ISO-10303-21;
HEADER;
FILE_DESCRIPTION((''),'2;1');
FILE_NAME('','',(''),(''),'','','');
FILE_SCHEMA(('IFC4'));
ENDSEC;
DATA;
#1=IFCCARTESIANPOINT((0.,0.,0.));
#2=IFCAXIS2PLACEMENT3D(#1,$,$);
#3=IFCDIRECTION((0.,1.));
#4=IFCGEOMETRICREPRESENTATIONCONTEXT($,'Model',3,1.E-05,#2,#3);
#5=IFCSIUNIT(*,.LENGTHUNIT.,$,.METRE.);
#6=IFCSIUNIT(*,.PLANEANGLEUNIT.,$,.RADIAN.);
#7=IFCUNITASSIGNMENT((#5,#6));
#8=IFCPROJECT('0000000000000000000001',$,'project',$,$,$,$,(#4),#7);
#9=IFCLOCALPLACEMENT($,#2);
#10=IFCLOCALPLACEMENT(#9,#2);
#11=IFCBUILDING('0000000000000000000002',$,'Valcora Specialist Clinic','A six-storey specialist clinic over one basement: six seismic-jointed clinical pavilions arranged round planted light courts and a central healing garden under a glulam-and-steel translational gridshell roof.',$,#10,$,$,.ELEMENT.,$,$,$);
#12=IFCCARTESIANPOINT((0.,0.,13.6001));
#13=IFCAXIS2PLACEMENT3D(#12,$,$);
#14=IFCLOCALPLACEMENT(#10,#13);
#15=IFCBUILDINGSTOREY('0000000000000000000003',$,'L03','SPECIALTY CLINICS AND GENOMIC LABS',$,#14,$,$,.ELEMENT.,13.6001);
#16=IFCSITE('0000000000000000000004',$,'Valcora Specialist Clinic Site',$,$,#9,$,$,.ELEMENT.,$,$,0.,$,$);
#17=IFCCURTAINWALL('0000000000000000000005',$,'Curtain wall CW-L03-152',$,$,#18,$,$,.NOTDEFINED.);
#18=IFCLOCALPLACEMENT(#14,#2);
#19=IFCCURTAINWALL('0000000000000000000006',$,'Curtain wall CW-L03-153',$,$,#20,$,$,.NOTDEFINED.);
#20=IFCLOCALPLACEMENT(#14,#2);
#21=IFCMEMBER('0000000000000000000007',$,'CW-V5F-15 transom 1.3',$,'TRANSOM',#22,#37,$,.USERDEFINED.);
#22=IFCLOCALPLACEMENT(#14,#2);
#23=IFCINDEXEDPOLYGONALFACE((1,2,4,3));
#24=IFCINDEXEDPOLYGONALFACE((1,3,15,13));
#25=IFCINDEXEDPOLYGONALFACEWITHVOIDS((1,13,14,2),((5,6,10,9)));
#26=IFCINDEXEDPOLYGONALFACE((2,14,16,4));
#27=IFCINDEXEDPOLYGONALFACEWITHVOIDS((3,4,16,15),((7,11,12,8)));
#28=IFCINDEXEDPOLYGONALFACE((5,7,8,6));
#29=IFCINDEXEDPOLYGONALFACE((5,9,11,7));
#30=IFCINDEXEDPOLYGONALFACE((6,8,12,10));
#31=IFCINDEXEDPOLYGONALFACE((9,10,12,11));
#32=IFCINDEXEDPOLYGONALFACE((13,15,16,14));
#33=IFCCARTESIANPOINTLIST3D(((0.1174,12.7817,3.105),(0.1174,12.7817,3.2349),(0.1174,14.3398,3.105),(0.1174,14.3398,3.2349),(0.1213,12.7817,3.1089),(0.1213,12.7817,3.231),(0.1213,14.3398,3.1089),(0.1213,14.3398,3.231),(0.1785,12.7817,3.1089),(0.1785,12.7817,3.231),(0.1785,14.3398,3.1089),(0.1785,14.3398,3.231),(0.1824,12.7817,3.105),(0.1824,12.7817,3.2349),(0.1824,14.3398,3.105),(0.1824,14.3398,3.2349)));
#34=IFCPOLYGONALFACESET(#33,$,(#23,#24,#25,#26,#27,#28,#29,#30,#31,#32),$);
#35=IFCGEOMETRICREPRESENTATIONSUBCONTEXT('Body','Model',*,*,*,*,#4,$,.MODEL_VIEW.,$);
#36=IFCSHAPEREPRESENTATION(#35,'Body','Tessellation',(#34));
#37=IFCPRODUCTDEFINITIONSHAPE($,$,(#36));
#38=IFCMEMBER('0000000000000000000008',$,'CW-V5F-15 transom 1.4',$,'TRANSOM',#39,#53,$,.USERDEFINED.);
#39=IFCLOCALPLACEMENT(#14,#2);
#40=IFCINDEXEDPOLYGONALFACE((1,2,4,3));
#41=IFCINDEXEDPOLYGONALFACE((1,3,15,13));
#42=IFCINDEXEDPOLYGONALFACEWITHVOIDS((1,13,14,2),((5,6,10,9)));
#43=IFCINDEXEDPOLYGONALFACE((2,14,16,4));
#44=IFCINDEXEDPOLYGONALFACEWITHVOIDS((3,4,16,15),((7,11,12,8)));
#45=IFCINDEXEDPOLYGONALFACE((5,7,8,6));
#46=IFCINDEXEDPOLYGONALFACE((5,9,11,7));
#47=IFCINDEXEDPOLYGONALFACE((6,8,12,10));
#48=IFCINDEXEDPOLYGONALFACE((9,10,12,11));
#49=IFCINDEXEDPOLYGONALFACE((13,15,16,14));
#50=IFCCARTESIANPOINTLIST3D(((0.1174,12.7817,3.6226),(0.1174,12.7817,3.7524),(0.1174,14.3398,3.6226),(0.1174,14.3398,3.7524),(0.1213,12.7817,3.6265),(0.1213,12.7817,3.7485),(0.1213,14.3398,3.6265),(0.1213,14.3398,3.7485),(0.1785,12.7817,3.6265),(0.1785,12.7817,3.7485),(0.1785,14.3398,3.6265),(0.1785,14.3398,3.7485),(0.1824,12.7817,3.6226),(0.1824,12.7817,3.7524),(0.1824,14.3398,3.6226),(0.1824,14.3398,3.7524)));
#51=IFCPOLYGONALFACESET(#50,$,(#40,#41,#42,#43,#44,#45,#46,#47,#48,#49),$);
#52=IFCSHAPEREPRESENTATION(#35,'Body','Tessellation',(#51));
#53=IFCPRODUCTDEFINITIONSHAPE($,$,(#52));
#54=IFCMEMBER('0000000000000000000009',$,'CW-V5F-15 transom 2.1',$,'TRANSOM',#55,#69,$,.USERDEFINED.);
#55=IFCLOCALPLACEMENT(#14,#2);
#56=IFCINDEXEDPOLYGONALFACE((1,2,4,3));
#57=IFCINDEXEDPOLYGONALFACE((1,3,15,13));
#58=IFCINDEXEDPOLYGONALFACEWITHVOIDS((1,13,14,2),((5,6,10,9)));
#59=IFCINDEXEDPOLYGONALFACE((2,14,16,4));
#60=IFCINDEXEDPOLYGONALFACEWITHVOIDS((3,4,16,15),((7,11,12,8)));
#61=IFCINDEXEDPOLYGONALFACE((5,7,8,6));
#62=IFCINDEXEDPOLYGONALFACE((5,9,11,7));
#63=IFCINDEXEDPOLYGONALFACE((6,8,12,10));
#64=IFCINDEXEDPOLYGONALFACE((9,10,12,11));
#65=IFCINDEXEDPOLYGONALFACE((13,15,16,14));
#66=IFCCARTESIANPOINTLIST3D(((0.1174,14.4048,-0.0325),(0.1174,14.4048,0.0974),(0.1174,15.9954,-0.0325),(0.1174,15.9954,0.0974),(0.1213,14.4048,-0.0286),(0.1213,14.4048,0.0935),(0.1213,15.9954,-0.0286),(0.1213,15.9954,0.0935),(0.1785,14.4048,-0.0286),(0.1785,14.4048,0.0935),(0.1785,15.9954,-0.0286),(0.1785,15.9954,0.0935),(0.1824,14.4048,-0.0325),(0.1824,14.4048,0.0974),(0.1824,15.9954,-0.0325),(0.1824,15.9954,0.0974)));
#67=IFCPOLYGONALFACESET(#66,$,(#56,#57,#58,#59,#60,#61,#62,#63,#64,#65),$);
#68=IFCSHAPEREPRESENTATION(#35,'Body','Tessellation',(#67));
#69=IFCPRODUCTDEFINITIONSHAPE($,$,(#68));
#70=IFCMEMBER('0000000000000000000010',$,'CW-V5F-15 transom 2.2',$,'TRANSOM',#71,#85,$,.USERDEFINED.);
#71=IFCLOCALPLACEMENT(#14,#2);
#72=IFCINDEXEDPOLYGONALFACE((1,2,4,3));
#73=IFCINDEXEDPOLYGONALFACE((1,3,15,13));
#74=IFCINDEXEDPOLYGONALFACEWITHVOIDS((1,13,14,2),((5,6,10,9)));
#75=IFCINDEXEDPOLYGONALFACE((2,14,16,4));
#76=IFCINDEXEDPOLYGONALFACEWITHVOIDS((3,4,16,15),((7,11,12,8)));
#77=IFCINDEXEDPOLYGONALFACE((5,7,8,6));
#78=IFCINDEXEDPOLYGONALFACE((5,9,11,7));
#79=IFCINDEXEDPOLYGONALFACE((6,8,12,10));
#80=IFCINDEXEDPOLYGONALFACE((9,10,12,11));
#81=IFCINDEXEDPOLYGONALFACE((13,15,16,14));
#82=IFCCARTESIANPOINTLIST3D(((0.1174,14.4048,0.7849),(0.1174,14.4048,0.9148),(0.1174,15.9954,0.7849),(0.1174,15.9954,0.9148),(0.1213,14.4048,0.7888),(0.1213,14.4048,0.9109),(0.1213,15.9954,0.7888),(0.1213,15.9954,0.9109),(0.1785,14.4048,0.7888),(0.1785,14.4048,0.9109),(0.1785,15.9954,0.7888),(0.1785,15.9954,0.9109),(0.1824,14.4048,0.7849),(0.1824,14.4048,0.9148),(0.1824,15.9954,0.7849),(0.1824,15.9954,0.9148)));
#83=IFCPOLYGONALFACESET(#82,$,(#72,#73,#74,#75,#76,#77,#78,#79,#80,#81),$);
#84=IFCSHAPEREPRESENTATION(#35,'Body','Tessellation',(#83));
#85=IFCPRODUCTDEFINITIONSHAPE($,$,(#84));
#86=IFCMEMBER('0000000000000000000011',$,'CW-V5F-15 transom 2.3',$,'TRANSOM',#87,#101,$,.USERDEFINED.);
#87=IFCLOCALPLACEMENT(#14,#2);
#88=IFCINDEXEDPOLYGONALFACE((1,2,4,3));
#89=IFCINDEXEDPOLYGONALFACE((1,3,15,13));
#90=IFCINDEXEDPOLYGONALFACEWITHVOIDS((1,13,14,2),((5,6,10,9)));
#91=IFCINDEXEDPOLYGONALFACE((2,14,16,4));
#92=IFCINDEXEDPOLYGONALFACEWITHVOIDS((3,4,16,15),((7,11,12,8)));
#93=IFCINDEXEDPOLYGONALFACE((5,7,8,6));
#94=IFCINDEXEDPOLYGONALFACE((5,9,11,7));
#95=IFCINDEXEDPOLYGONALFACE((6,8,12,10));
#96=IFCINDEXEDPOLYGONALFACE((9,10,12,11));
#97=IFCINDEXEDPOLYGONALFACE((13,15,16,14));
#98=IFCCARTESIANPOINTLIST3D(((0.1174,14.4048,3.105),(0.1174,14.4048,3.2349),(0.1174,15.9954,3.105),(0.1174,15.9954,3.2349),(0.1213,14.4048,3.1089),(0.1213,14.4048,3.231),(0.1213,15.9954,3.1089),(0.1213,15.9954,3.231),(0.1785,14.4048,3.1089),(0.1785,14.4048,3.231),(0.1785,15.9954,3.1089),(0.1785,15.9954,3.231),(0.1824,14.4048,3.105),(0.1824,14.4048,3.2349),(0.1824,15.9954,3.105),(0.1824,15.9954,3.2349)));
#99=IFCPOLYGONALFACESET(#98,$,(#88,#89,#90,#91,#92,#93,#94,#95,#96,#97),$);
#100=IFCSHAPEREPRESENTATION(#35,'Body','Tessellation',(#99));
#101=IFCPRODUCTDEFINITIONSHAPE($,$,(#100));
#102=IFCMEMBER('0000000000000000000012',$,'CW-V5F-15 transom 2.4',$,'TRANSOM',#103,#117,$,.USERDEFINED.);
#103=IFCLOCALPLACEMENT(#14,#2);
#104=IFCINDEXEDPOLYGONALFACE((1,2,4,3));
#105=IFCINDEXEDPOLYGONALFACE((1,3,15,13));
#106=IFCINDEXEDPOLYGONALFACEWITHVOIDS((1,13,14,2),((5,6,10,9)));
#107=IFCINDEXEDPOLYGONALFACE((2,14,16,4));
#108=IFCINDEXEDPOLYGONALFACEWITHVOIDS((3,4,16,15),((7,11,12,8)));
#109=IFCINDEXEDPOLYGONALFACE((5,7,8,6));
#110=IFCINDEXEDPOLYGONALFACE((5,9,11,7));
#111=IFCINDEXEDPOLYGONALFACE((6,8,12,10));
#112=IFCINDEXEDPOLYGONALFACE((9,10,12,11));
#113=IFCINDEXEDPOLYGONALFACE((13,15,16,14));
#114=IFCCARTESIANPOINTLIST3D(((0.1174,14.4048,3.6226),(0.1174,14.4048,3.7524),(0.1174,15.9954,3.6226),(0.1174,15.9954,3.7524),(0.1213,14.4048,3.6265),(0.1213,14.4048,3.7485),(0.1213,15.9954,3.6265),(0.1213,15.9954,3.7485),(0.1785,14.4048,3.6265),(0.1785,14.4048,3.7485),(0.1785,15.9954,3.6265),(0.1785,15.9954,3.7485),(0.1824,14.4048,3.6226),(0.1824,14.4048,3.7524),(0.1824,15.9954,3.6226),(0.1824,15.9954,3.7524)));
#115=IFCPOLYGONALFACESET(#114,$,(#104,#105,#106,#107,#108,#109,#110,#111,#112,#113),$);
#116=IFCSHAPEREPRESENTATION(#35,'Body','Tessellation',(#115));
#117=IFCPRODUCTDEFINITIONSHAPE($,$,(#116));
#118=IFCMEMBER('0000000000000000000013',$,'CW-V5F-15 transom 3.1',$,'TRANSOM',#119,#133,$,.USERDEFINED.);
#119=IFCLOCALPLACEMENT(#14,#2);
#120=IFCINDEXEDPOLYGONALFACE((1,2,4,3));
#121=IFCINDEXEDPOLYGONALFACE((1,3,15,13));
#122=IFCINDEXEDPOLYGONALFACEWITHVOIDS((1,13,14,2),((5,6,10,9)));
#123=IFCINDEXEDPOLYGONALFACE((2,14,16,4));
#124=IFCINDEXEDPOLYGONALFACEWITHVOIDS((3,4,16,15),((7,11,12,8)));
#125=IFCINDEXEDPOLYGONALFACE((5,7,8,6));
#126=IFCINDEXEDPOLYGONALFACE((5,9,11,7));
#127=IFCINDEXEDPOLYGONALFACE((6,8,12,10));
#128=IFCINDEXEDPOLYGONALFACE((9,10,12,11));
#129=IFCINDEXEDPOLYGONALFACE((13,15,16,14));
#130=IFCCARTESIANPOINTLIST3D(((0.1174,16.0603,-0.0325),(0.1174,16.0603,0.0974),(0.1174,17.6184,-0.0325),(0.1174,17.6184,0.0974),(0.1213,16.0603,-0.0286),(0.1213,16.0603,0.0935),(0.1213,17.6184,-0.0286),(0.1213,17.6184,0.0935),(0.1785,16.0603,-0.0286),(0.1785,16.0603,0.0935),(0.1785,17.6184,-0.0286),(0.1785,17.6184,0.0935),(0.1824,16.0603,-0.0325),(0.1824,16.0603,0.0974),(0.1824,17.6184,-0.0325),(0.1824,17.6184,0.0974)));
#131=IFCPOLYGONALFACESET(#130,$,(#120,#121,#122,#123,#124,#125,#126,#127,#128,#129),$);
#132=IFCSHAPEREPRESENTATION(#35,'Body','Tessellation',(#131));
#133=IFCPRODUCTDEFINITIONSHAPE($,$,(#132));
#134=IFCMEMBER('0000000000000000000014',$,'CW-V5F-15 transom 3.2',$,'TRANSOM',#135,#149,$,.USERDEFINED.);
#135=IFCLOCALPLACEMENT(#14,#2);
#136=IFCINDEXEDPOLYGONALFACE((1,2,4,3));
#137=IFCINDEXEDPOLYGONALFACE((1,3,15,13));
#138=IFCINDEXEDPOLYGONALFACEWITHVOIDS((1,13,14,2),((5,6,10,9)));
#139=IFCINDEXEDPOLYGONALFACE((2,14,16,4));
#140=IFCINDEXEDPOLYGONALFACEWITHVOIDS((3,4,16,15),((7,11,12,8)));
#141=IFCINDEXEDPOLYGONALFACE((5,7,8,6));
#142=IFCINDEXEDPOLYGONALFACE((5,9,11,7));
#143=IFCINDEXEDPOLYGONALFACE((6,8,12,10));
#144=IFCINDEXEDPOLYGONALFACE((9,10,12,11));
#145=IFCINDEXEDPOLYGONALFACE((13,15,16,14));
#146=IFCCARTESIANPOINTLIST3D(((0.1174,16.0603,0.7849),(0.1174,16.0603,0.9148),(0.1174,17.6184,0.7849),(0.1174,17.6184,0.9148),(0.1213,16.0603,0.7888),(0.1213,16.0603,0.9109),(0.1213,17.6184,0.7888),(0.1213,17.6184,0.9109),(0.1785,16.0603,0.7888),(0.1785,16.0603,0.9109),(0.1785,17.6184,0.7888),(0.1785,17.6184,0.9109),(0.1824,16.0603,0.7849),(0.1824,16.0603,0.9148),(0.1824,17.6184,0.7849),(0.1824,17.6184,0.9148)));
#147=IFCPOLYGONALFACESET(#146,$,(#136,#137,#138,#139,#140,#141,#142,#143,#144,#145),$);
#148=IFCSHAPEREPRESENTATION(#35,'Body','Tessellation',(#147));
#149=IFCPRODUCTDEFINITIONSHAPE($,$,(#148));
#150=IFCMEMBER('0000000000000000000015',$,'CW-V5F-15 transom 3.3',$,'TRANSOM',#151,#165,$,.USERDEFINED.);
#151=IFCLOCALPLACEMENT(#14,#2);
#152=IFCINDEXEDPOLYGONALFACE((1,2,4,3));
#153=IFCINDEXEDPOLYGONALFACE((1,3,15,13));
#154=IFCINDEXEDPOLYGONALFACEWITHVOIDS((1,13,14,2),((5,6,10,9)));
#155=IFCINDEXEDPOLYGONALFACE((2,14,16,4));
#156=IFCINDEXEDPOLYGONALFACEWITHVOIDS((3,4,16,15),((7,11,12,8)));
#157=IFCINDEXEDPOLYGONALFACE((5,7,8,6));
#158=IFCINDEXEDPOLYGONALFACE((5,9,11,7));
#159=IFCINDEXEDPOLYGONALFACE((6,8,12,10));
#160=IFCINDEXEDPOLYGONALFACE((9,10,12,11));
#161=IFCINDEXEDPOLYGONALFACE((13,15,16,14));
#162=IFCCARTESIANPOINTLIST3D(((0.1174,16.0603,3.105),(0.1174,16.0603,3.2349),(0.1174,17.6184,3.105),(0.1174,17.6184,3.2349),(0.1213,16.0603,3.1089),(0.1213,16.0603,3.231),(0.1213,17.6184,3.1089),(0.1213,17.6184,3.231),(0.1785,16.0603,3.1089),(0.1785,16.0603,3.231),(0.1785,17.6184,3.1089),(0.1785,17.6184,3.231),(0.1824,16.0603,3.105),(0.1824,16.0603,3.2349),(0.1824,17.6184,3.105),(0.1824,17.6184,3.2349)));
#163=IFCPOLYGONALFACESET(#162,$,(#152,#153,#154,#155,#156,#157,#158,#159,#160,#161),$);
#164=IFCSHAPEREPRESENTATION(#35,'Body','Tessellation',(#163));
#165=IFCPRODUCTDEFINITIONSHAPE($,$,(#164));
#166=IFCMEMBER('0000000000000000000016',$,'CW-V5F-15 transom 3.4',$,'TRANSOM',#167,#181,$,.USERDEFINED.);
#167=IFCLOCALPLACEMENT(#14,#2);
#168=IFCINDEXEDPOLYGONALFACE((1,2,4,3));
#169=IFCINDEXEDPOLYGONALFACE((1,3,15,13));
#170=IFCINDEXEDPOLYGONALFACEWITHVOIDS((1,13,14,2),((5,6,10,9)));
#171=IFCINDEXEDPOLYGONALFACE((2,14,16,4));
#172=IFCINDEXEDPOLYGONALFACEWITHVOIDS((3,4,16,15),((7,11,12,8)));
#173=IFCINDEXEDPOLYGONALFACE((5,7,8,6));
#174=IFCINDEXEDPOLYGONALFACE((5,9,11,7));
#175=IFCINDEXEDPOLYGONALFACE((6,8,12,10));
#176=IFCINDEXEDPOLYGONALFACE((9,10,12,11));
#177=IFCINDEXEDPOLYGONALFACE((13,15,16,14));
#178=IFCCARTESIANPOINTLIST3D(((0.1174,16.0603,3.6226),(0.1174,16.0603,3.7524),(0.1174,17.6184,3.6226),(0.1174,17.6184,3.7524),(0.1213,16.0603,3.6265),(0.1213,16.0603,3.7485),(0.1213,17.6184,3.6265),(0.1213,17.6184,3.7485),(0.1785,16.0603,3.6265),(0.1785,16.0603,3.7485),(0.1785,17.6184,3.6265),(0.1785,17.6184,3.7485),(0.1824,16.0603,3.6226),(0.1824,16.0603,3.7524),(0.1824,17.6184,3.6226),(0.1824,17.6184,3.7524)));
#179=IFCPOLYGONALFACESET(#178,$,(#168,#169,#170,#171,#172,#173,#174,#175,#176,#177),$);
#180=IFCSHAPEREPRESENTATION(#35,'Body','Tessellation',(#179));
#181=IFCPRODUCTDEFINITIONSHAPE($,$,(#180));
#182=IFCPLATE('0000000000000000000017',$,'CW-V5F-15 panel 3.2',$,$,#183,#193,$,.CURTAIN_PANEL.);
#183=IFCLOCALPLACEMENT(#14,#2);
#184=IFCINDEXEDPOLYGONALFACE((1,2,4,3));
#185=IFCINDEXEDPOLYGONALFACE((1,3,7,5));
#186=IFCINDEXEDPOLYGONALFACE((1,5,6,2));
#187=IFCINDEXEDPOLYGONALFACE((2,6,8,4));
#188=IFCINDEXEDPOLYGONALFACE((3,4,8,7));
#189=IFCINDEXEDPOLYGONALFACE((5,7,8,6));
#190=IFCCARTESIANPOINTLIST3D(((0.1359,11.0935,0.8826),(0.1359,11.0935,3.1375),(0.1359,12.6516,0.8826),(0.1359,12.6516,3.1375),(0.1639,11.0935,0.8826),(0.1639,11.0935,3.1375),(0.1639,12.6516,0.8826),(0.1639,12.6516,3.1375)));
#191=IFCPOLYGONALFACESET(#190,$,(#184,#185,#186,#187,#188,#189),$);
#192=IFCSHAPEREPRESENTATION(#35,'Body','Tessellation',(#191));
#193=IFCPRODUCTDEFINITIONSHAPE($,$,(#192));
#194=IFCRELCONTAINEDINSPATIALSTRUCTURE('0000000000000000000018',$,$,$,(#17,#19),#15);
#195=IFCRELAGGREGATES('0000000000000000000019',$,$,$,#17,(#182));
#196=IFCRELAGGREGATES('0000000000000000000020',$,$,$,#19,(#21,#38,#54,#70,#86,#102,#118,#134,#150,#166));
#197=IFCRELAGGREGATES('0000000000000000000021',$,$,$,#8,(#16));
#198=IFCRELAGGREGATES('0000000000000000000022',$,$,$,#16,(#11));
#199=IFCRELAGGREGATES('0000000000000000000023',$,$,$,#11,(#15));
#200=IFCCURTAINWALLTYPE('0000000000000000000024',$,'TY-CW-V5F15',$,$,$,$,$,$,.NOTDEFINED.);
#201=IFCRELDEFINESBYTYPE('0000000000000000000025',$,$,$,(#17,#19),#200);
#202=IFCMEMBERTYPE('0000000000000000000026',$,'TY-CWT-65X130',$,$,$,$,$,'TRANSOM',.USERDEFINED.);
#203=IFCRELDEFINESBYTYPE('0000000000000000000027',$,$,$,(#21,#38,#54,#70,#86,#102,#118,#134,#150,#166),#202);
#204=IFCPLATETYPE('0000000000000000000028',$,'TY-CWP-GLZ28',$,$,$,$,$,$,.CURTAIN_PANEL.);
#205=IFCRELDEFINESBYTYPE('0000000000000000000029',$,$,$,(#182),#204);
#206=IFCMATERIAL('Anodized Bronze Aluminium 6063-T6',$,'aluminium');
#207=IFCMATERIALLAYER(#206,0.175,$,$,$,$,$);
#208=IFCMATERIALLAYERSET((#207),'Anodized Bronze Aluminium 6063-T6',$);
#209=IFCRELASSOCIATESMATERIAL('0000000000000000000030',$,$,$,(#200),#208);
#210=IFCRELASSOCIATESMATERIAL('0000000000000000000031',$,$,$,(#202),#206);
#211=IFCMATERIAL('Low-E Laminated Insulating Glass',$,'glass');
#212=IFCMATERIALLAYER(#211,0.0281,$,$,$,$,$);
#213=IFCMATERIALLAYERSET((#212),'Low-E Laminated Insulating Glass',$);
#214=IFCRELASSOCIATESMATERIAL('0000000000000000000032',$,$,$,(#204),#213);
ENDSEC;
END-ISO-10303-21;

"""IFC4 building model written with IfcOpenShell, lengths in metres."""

from ifc_helpers import new_model, si_unit, direction, frame, origin, origin_2d, place, context, subcontext, project, spatial, rectangle, hollow_rectangle, extrude, material, layer, layer_set, material_profile, profile_set, type_object, element, aggregate, save


model = new_model("IFC4")

# Units and contexts
model_context = context("Model", 3, precision=1e-05, world=origin(), true_north=direction((0.0, 1.0)))
body_context = subcontext(model_context, "Body", "Model", "MODEL_VIEW")
ifc_project = project(units=[si_unit("LENGTHUNIT", "METRE"), si_unit("PLANEANGLEUNIT", "RADIAN")], contexts=[model_context])

# Site, building, storey
site_placement = place(None, origin())
site = spatial("IfcSite", under=ifc_project, at=site_placement, Name="Valcora Specialist Clinic Site", CompositionType="ELEMENT", RefElevation=0.0)
building_placement = place(site_placement, origin())
building = spatial("IfcBuilding", under=site, at=building_placement, Name="Valcora Specialist Clinic", Description="A six-storey specialist clinic over one basement: six seismic-jointed clinical pavilions arranged round planted light courts and a central healing garden under a glulam-and-steel translational gridshell roof.", CompositionType="ELEMENT")
storey_placement = place(building_placement, frame((0.0, 0.0, 13.6001)))
storey = spatial("IfcBuildingStorey", under=building, at=storey_placement, Name="L03", Description="SPECIALTY CLINICS AND GENOMIC LABS", CompositionType="ELEMENT", Elevation=13.6001)

# Curtain walls
ifc_material_1 = material(Name="Anodized Bronze Aluminium 6063-T6", Category="aluminium")
ifc_layer_1 = layer(ifc_material_1, 0.175)
ifc_layer_set_1 = layer_set([ifc_layer_1], Name="Anodized Bronze Aluminium 6063-T6")
curtain_wall_type = type_object("IfcCurtainWallType", Name="TY-CW-V5F15", PredefinedType="NOTDEFINED", material=ifc_layer_set_1)
curtain_wall_1_placement = place(storey_placement, origin())
curtain_wall_1 = element("IfcCurtainWall", 1, at=curtain_wall_1_placement, inside=storey, type_object=curtain_wall_type, Name="Curtain wall CW-L03-152", PredefinedType="NOTDEFINED")
curtain_wall_2_placement = place(storey_placement, origin())
curtain_wall_2 = element("IfcCurtainWall", 2, at=curtain_wall_2_placement, inside=storey, type_object=curtain_wall_type, Name="Curtain wall CW-L03-153", PredefinedType="NOTDEFINED")

# Members
ifc_material_profile_1 = material_profile(ifc_material_1, hollow_rectangle(XDim=0.0649, YDim=0.1299, WallThickness=0.0039, at=origin_2d()), Name="AL-TRN-65X130")
ifc_profile_set_1 = profile_set([ifc_material_profile_1], Name="Anodized Bronze Aluminium 6063-T6")
member_type_1 = type_object("IfcMemberType", Name="TY-CWT-65X130", ElementType="TRANSOM", PredefinedType="USERDEFINED", material=ifc_profile_set_1)
member_1_placement = place(storey_placement, frame((0.1499, 12.7817, 3.1699), z_axis=(0.0, 1.0, 0.0), x_axis=(-1.0, 0.0, 0.0)))
member_1 = element("IfcMember", 3, at=member_1_placement, type_object=member_type_1, Name="CW-V5F-15 transom 1.3", ObjectType="TRANSOM", PredefinedType="USERDEFINED", context=body_context, shape_type="SweptSolid", body=[
    extrude(hollow_rectangle(XDim=0.0649, YDim=0.1299, WallThickness=0.0039, at=origin_2d()), origin(), (0.0, 0.0, 1.0), 1.5581),
])
member_2_placement = place(storey_placement, frame((0.1499, 12.7817, 3.6875), z_axis=(0.0, 1.0, 0.0), x_axis=(-1.0, 0.0, 0.0)))
member_2 = element("IfcMember", 4, at=member_2_placement, type_object=member_type_1, Name="CW-V5F-15 transom 1.4", ObjectType="TRANSOM", PredefinedType="USERDEFINED", context=body_context, shape_type="SweptSolid", body=[
    extrude(hollow_rectangle(XDim=0.0649, YDim=0.1299, WallThickness=0.0039, at=origin_2d()), origin(), (0.0, 0.0, 1.0), 1.5581),
])
member_3_placement = place(storey_placement, frame((0.1499, 14.4048, 0.0325), z_axis=(0.0, 1.0, 0.0), x_axis=(-1.0, 0.0, 0.0)))
member_3 = element("IfcMember", 5, at=member_3_placement, type_object=member_type_1, Name="CW-V5F-15 transom 2.1", ObjectType="TRANSOM", PredefinedType="USERDEFINED", context=body_context, shape_type="SweptSolid", body=[
    extrude(hollow_rectangle(XDim=0.0649, YDim=0.1299, WallThickness=0.0039, at=origin_2d()), origin(), (0.0, 0.0, 1.0), 1.5906),
])
member_4_placement = place(storey_placement, frame((0.1499, 14.4048, 0.8499), z_axis=(0.0, 1.0, 0.0), x_axis=(-1.0, 0.0, 0.0)))
member_4 = element("IfcMember", 6, at=member_4_placement, type_object=member_type_1, Name="CW-V5F-15 transom 2.2", ObjectType="TRANSOM", PredefinedType="USERDEFINED", context=body_context, shape_type="SweptSolid", body=[
    extrude(hollow_rectangle(XDim=0.0649, YDim=0.1299, WallThickness=0.0039, at=origin_2d()), origin(), (0.0, 0.0, 1.0), 1.5906),
])
member_5_placement = place(storey_placement, frame((0.1499, 14.4048, 3.1699), z_axis=(0.0, 1.0, 0.0), x_axis=(-1.0, 0.0, 0.0)))
member_5 = element("IfcMember", 7, at=member_5_placement, type_object=member_type_1, Name="CW-V5F-15 transom 2.3", ObjectType="TRANSOM", PredefinedType="USERDEFINED", context=body_context, shape_type="SweptSolid", body=[
    extrude(hollow_rectangle(XDim=0.0649, YDim=0.1299, WallThickness=0.0039, at=origin_2d()), origin(), (0.0, 0.0, 1.0), 1.5906),
])
member_6_placement = place(storey_placement, frame((0.1499, 14.4048, 3.6875), z_axis=(0.0, 1.0, 0.0), x_axis=(-1.0, 0.0, 0.0)))
member_6 = element("IfcMember", 8, at=member_6_placement, type_object=member_type_1, Name="CW-V5F-15 transom 2.4", ObjectType="TRANSOM", PredefinedType="USERDEFINED", context=body_context, shape_type="SweptSolid", body=[
    extrude(hollow_rectangle(XDim=0.0649, YDim=0.1299, WallThickness=0.0039, at=origin_2d()), origin(), (0.0, 0.0, 1.0), 1.5906),
])
member_7_placement = place(storey_placement, frame((0.1499, 16.0603, 0.0325), z_axis=(0.0, 1.0, 0.0), x_axis=(-1.0, 0.0, 0.0)))
member_7 = element("IfcMember", 9, at=member_7_placement, type_object=member_type_1, Name="CW-V5F-15 transom 3.1", ObjectType="TRANSOM", PredefinedType="USERDEFINED", context=body_context, shape_type="SweptSolid", body=[
    extrude(hollow_rectangle(XDim=0.0649, YDim=0.1299, WallThickness=0.0039, at=origin_2d()), origin(), (0.0, 0.0, 1.0), 1.5581),
])
member_8_placement = place(storey_placement, frame((0.1499, 16.0603, 0.8499), z_axis=(0.0, 1.0, 0.0), x_axis=(-1.0, 0.0, 0.0)))
member_8 = element("IfcMember", 10, at=member_8_placement, type_object=member_type_1, Name="CW-V5F-15 transom 3.2", ObjectType="TRANSOM", PredefinedType="USERDEFINED", context=body_context, shape_type="SweptSolid", body=[
    extrude(hollow_rectangle(XDim=0.0649, YDim=0.1299, WallThickness=0.0039, at=origin_2d()), origin(), (0.0, 0.0, 1.0), 1.5581),
])
member_9_placement = place(storey_placement, frame((0.1499, 16.0603, 3.1699), z_axis=(0.0, 1.0, 0.0), x_axis=(-1.0, 0.0, 0.0)))
member_9 = element("IfcMember", 11, at=member_9_placement, type_object=member_type_1, Name="CW-V5F-15 transom 3.3", ObjectType="TRANSOM", PredefinedType="USERDEFINED", context=body_context, shape_type="SweptSolid", body=[
    extrude(hollow_rectangle(XDim=0.0649, YDim=0.1299, WallThickness=0.0039, at=origin_2d()), origin(), (0.0, 0.0, 1.0), 1.5581),
])
member_10_placement = place(storey_placement, frame((0.1499, 16.0603, 3.6875), z_axis=(0.0, 1.0, 0.0), x_axis=(-1.0, 0.0, 0.0)))
member_10 = element("IfcMember", 12, at=member_10_placement, type_object=member_type_1, Name="CW-V5F-15 transom 3.4", ObjectType="TRANSOM", PredefinedType="USERDEFINED", context=body_context, shape_type="SweptSolid", body=[
    extrude(hollow_rectangle(XDim=0.0649, YDim=0.1299, WallThickness=0.0039, at=origin_2d()), origin(), (0.0, 0.0, 1.0), 1.5581),
])

# Plate
ifc_material_2 = material(Name="Low-E Laminated Insulating Glass", Category="glass")
ifc_layer_2 = layer(ifc_material_2, 0.0281)
ifc_layer_set_2 = layer_set([ifc_layer_2], Name="Low-E Laminated Insulating Glass")
plate_type_1 = type_object("IfcPlateType", Name="TY-CWP-GLZ28", PredefinedType="CURTAIN_PANEL", material=ifc_layer_set_2)
plate_1_placement = place(storey_placement, frame((0.1499, 11.8726, 0.8826), z_axis=(0.0, 0.0, 1.0), x_axis=(0.0, 1.0, 0.0)))
plate_1 = element("IfcPlate", 13, at=plate_1_placement, type_object=plate_type_1, Name="CW-V5F-15 panel 3.2", PredefinedType="CURTAIN_PANEL", context=body_context, shape_type="SweptSolid", body=[
    extrude(rectangle(XDim=1.5581, YDim=0.0281, at=origin_2d()), origin(), (0.0, 0.0, 1.0), 2.2549),
])
aggregate(curtain_wall_1, [plate_1])
aggregate(curtain_wall_2, [member_1, member_2, member_3, member_4, member_5, member_6, member_7, member_8, member_9, member_10])

save(model, "model.ifc")
